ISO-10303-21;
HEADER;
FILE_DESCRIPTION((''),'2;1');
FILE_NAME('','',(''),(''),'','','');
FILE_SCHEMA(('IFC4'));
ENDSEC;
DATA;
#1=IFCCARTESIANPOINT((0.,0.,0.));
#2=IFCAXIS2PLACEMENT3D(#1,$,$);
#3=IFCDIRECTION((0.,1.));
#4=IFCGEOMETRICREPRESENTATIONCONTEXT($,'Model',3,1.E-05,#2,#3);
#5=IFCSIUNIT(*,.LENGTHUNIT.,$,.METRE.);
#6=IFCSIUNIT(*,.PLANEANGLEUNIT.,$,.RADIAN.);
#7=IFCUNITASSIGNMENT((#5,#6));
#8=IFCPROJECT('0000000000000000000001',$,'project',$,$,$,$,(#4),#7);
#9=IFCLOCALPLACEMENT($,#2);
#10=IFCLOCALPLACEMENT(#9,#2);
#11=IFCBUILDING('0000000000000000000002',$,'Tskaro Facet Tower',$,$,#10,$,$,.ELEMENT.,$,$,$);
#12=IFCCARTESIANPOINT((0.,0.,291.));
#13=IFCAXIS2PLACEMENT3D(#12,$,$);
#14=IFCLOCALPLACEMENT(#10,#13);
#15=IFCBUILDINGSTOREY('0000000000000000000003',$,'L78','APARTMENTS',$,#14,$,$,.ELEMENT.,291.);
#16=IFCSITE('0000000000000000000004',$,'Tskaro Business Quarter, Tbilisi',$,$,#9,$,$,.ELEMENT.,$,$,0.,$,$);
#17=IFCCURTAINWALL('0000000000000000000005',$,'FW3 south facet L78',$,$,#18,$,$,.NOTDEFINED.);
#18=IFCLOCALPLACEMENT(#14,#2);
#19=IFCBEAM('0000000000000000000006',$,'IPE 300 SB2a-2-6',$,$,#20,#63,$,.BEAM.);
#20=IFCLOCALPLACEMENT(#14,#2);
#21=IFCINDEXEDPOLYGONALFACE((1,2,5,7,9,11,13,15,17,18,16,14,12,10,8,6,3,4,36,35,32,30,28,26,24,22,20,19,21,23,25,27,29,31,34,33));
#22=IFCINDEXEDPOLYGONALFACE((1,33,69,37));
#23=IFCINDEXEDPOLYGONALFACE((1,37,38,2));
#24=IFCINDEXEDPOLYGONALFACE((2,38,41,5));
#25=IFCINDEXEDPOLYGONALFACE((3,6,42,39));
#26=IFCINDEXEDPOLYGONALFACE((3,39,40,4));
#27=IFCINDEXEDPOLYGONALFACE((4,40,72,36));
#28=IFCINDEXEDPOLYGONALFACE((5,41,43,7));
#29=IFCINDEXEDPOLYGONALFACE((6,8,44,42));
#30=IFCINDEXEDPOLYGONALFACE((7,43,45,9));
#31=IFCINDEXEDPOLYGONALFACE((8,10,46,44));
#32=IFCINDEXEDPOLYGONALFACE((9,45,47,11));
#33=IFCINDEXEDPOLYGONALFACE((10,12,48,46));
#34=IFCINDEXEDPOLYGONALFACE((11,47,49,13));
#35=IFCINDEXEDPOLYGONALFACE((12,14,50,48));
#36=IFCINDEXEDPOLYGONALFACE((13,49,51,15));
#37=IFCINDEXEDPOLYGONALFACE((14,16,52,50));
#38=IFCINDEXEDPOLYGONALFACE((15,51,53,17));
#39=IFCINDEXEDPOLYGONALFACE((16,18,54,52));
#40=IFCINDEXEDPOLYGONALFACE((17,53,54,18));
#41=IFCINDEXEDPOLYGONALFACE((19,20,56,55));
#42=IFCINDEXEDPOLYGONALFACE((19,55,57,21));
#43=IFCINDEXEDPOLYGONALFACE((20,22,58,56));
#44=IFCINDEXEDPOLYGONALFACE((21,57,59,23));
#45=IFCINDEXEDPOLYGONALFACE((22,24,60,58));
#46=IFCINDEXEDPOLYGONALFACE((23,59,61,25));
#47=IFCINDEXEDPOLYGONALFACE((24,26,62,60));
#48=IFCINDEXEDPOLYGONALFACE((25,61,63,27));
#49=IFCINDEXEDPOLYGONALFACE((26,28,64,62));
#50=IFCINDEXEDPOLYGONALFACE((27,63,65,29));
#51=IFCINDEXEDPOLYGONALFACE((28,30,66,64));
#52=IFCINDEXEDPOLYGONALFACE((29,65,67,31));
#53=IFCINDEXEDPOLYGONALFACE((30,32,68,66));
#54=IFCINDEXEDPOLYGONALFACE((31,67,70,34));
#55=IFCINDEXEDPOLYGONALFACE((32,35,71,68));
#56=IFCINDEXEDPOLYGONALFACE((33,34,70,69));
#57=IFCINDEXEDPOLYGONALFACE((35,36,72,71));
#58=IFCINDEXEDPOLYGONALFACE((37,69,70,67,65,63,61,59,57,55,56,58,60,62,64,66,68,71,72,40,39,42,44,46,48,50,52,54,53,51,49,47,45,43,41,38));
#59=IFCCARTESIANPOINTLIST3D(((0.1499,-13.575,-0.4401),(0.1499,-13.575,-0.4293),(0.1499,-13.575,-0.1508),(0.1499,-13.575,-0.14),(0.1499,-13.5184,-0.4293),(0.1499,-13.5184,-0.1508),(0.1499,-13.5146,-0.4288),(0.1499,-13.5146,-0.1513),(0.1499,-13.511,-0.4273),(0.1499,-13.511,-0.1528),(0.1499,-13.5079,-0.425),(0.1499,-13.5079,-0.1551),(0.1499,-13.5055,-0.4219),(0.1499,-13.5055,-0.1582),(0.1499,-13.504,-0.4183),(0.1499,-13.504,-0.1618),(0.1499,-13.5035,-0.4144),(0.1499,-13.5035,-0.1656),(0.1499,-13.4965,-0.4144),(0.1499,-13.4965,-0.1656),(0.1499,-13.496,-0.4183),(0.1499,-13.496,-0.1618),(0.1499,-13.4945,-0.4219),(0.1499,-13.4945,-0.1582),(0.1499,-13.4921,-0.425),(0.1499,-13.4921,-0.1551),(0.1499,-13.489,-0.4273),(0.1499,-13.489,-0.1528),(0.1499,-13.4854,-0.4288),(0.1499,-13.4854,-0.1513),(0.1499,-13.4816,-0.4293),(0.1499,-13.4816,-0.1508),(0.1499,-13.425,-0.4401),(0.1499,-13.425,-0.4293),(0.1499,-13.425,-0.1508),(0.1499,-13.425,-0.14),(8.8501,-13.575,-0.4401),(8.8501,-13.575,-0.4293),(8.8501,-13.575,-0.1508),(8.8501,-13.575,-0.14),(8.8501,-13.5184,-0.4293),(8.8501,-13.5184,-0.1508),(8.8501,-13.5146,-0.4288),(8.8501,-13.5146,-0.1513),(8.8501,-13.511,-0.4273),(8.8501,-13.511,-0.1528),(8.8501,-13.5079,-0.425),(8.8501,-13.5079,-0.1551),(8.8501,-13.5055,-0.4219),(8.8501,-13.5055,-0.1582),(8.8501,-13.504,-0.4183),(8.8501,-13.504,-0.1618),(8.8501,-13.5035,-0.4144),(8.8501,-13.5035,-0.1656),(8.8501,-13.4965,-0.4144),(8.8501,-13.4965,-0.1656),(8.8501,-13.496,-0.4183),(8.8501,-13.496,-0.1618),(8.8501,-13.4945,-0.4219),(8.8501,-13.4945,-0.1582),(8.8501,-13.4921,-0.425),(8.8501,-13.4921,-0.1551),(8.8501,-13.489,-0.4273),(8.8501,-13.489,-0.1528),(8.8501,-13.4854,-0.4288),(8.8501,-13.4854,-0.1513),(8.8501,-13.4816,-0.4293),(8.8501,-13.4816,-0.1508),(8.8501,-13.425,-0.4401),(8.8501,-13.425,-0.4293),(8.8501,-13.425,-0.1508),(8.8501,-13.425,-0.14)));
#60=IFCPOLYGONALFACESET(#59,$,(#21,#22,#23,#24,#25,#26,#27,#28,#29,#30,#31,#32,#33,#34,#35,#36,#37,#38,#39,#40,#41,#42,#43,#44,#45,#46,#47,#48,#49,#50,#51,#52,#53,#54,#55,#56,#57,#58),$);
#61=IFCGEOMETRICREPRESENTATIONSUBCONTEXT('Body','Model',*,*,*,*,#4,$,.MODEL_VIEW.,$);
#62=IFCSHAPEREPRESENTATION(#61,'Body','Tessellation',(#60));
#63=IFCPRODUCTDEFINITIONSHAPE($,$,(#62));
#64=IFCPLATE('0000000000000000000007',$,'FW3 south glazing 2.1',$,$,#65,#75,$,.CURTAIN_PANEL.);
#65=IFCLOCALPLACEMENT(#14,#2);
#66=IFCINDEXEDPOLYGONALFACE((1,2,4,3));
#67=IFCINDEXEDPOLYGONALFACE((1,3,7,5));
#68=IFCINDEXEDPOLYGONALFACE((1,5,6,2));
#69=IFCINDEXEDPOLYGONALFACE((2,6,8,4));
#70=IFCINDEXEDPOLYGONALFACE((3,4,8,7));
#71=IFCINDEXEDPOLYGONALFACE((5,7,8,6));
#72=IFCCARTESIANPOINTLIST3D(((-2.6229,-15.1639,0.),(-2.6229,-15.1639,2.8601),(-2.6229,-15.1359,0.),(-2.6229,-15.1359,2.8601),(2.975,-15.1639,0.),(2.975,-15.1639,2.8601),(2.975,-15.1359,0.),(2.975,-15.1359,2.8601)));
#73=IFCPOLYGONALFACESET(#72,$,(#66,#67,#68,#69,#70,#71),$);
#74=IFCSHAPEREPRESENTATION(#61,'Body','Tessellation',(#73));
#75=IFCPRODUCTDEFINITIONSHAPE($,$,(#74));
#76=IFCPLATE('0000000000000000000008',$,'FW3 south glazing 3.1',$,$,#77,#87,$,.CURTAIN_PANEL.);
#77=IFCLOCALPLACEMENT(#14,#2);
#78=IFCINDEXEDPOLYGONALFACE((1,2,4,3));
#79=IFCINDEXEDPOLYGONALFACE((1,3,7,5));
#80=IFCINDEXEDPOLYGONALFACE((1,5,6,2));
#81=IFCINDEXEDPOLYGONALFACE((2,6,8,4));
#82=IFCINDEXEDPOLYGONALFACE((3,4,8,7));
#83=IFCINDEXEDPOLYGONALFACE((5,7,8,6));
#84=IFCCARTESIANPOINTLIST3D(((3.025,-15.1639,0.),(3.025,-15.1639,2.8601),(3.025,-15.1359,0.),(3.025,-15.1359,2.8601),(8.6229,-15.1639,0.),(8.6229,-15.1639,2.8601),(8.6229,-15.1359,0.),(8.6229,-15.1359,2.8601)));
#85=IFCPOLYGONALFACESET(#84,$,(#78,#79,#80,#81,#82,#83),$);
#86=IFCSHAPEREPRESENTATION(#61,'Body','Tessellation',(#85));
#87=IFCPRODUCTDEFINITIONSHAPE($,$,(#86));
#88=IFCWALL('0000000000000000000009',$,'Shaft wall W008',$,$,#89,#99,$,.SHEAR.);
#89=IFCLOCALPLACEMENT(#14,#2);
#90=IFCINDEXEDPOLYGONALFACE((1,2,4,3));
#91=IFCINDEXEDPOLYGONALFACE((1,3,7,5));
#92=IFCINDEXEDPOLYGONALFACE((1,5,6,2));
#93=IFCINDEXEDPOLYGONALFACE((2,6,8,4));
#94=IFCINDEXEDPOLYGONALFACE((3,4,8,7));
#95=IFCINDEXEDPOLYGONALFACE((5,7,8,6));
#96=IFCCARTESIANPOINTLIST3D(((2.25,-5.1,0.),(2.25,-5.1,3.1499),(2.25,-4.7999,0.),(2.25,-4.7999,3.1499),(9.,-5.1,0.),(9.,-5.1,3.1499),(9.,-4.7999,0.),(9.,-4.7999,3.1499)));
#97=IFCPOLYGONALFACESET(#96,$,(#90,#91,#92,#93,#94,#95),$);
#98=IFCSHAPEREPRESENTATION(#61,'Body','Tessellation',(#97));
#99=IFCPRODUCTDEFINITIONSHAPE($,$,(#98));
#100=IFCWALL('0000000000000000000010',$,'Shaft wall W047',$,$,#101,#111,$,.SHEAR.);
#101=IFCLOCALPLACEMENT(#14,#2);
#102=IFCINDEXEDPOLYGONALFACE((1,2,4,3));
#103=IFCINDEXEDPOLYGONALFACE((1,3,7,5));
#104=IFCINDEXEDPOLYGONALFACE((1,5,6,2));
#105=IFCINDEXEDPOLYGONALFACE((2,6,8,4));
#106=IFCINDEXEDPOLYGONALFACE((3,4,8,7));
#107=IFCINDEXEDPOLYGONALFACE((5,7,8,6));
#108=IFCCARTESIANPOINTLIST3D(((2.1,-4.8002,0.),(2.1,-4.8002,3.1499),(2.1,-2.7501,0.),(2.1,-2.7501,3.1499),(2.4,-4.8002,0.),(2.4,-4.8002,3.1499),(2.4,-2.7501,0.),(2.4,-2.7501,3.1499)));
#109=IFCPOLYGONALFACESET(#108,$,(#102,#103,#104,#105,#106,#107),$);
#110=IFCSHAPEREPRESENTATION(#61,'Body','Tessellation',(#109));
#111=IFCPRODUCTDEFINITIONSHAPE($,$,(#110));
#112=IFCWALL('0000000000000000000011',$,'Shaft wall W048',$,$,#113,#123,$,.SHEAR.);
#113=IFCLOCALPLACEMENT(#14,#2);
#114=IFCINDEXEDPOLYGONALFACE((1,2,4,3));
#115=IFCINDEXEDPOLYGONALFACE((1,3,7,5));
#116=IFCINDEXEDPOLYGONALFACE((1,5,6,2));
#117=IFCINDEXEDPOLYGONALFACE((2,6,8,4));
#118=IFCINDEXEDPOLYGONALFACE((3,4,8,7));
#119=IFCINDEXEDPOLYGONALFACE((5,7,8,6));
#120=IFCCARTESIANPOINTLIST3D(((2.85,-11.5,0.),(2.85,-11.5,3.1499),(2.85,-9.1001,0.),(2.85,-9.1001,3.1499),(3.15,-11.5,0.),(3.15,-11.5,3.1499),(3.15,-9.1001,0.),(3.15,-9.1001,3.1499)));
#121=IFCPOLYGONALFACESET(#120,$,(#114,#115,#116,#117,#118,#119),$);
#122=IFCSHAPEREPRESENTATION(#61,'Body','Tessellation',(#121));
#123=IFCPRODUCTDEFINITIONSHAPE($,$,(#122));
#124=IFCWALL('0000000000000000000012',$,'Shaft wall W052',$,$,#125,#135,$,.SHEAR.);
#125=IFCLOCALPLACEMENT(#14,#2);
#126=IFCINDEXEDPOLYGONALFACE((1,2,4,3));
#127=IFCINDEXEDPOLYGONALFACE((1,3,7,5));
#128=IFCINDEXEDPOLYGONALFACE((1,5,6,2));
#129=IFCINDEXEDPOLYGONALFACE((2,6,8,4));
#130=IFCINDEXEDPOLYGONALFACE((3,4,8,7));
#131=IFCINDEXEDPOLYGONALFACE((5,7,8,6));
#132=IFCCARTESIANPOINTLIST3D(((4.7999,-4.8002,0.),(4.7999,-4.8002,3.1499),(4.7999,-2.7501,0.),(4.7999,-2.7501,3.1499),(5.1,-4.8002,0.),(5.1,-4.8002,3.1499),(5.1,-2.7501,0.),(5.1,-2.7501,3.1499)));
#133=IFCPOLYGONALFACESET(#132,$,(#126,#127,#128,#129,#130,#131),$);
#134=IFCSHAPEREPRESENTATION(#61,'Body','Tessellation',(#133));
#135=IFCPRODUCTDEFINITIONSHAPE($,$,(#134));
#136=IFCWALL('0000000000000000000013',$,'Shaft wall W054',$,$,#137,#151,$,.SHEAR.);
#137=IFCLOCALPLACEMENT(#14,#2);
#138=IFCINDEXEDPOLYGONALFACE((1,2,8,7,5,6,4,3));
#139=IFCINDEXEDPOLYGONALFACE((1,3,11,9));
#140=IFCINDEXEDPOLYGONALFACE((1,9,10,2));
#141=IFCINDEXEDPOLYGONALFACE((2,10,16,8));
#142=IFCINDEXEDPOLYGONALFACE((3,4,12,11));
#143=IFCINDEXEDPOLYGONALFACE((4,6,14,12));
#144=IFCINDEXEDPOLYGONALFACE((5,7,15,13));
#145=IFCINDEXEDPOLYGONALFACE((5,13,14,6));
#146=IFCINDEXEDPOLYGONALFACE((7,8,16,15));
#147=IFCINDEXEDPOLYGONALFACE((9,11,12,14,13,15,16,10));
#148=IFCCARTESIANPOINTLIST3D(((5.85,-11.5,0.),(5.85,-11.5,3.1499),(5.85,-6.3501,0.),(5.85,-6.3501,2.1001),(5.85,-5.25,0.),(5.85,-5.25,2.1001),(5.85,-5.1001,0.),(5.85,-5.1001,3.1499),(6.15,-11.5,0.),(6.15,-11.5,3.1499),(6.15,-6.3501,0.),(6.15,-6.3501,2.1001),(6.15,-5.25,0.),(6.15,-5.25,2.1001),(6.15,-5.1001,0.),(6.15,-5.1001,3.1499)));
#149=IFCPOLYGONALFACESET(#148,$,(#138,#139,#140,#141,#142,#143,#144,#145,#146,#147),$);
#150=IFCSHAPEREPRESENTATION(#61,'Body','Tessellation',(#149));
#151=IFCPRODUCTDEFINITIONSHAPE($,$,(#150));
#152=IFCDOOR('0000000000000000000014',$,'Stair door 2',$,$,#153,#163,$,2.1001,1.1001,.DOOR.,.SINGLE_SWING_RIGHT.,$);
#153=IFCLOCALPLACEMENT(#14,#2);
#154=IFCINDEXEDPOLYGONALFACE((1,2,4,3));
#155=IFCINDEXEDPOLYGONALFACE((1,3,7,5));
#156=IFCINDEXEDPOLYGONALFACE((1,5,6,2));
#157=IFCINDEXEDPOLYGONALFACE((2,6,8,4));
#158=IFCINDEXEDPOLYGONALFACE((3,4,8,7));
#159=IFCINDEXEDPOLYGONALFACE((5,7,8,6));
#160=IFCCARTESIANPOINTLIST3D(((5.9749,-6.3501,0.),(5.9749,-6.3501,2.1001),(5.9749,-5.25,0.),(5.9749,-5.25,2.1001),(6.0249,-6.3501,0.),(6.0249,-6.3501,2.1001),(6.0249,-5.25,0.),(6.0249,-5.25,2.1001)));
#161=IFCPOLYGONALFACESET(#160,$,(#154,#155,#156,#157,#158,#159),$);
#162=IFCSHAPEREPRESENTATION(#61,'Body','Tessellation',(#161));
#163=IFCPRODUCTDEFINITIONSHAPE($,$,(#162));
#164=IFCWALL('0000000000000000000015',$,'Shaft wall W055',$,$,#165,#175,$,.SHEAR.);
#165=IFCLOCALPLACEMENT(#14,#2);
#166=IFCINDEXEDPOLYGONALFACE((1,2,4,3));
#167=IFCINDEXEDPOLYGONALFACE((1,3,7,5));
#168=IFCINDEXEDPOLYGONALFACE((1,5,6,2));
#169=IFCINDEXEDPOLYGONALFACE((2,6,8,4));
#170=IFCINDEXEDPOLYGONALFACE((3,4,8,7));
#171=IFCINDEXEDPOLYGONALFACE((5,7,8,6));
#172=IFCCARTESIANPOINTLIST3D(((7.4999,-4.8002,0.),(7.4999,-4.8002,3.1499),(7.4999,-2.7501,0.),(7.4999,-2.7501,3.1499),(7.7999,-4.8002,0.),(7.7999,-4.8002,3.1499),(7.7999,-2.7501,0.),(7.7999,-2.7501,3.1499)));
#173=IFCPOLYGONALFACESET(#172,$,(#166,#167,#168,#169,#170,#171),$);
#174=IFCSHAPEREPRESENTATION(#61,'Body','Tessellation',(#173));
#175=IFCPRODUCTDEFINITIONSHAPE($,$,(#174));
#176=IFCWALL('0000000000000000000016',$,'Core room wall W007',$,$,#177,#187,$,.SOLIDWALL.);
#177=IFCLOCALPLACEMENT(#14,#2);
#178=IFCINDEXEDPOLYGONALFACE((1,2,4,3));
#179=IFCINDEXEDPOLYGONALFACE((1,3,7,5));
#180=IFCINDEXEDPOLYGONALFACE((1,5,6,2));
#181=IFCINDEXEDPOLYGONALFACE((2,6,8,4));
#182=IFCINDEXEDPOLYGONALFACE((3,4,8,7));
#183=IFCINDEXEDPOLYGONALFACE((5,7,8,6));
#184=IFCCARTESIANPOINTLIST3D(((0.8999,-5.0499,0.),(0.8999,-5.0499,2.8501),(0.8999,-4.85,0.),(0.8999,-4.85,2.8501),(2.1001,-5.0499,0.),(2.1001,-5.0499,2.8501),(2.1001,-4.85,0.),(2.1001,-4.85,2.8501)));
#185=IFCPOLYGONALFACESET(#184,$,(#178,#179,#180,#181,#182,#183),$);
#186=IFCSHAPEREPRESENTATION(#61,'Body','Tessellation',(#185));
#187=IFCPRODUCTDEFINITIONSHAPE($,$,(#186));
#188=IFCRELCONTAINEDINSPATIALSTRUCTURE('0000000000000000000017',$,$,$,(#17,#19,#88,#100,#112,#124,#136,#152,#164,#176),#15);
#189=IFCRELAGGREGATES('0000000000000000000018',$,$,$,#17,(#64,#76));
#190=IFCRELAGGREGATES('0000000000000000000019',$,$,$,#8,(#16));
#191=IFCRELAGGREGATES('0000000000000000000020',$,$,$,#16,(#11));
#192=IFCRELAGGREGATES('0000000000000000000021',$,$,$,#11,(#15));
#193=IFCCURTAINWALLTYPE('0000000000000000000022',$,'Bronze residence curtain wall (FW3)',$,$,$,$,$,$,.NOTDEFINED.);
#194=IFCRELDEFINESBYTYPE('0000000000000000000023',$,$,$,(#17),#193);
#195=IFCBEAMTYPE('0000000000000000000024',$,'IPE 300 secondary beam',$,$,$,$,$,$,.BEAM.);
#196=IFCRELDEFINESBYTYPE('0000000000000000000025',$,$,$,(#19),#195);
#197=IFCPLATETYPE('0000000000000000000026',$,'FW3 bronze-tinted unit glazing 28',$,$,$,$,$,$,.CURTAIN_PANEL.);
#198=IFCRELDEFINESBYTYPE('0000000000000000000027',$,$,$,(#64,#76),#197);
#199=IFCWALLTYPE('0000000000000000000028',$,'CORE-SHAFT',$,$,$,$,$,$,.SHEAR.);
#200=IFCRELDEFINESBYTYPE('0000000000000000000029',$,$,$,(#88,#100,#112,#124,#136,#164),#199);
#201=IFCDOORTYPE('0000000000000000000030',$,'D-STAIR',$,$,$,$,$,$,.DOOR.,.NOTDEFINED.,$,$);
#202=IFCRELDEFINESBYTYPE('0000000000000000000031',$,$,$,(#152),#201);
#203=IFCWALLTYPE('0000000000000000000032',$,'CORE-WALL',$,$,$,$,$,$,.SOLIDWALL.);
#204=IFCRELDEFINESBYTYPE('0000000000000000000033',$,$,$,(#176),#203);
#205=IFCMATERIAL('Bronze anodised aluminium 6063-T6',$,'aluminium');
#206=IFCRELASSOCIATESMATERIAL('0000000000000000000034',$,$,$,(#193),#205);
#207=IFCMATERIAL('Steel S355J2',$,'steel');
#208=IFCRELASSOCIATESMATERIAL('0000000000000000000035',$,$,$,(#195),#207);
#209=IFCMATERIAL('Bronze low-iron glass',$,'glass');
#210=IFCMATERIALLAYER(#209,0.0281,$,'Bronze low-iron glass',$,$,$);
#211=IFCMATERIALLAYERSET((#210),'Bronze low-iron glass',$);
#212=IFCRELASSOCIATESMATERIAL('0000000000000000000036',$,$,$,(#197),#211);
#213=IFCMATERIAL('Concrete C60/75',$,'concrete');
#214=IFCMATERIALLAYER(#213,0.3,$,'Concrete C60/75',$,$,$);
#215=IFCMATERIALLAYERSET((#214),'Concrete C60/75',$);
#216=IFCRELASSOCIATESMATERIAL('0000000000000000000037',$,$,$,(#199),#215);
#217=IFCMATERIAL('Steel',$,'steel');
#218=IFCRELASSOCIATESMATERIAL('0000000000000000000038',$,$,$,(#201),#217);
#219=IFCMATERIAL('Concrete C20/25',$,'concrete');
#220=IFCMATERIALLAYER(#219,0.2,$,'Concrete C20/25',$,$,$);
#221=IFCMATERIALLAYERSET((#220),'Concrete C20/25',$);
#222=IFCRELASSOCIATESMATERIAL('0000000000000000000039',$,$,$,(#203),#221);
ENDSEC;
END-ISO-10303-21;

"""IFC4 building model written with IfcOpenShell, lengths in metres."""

from ifc_helpers import new_model, si_unit, direction, frame, frame_2d, origin, origin_2d, place, context, subcontext, project, spatial, rectangle, i_section, extrude, material, layer, layer_set, material_profile, profile_set, type_object, element, fill, aggregate, save


model = new_model("IFC4")

# Units and contexts
model_context = context("Model", 3, precision=1e-05, world=origin(), true_north=direction((0.0, 1.0)))
body_context = subcontext(model_context, "Body", "Model", "MODEL_VIEW")
ifc_project = project(units=[si_unit("LENGTHUNIT", "METRE"), si_unit("PLANEANGLEUNIT", "RADIAN")], contexts=[model_context])

# Site, building, storey
site_placement = place(None, origin())
site = spatial("IfcSite", under=ifc_project, at=site_placement, Name="Tskaro Business Quarter, Tbilisi", CompositionType="ELEMENT", RefElevation=0.0)
building_placement = place(site_placement, origin())
building = spatial("IfcBuilding", under=site, at=building_placement, Name="Tskaro Facet Tower", CompositionType="ELEMENT")
storey_placement = place(building_placement, frame((0.0, 0.0, 291.0)))
storey = spatial("IfcBuildingStorey", under=building, at=storey_placement, Name="L78", Description="APARTMENTS", CompositionType="ELEMENT", Elevation=291.0)

# Shared definitions
ifc_material_1 = material(Name="Steel S355J2", Category="steel")

# Curtain wall
ifc_material_2 = material(Name="Bronze anodised aluminium 6063-T6", Category="aluminium")
curtain_wall_type = type_object("IfcCurtainWallType", Name="Bronze residence curtain wall (FW3)", PredefinedType="NOTDEFINED", material=ifc_material_2)
curtain_wall_placement = place(storey_placement, origin())
curtain_wall = element("IfcCurtainWall", 1, at=curtain_wall_placement, inside=storey, type_object=curtain_wall_type, Name="FW3 south facet L78", PredefinedType="NOTDEFINED")

# Beam
ifc_material_profile_1 = material_profile(ifc_material_1, i_section(OverallWidth=0.1499, OverallDepth=0.3, WebThickness=0.0071, FlangeThickness=0.0107, FilletRadius=0.0149, at=origin_2d()), Name="IPE 300")
ifc_profile_set_1 = profile_set([ifc_material_profile_1], Name="Steel S355J2")
beam_type_1 = type_object("IfcBeamType", Name="IPE 300 secondary beam", PredefinedType="BEAM", material=ifc_profile_set_1)
beam_1_placement = place(storey_placement, frame((0.1499, -13.5, -0.29), z_axis=(1.0, 0.0, 0.0), x_axis=(0.0, 1.0, 0.0)))
element("IfcBeam", 2, at=beam_1_placement, inside=storey, type_object=beam_type_1, Name="IPE 300 SB2a-2-6", PredefinedType="BEAM", context=body_context, shape_type="SweptSolid", body=[
    extrude(i_section(OverallWidth=0.1499, OverallDepth=0.3, WebThickness=0.0071, FlangeThickness=0.0107, FilletRadius=0.0149, at=origin_2d()), origin(), (0.0, 0.0, 1.0), 8.7002),
])

# Plates
ifc_material_3 = material(Name="Bronze low-iron glass", Category="glass")
ifc_layer_1 = layer(ifc_material_3, 0.0281, Name="Bronze low-iron glass")
ifc_layer_set_1 = layer_set([ifc_layer_1], Name="Bronze low-iron glass")
plate_type = type_object("IfcPlateType", Name="FW3 bronze-tinted unit glazing 28", PredefinedType="CURTAIN_PANEL", material=ifc_layer_set_1)
plate_1_placement = place(storey_placement, frame((0.176, -15.1499, 0.0), z_axis=(0.0, 0.0, 1.0), x_axis=(1.0, 0.0, 0.0)))
plate_1 = element("IfcPlate", 3, at=plate_1_placement, type_object=plate_type, Name="FW3 south glazing 2.1", PredefinedType="CURTAIN_PANEL", context=body_context, shape_type="SweptSolid", body=[
    extrude(rectangle(XDim=5.5979, YDim=0.0281, at=origin_2d()), origin(), (0.0, 0.0, 1.0), 2.8601),
])
plate_2_placement = place(storey_placement, frame((5.824, -15.1499, 0.0), z_axis=(0.0, 0.0, 1.0), x_axis=(1.0, 0.0, 0.0)))
plate_2 = element("IfcPlate", 4, at=plate_2_placement, type_object=plate_type, Name="FW3 south glazing 3.1", PredefinedType="CURTAIN_PANEL", context=body_context, shape_type="SweptSolid", body=[
    extrude(rectangle(XDim=5.5979, YDim=0.0281, at=origin_2d()), origin(), (0.0, 0.0, 1.0), 2.8601),
])
aggregate(curtain_wall, [plate_1, plate_2])

# Walls
ifc_material_4 = material(Name="Concrete C60/75", Category="concrete")
ifc_layer_2 = layer(ifc_material_4, 0.3, Name="Concrete C60/75")
ifc_layer_set_2 = layer_set([ifc_layer_2], Name="Concrete C60/75")
wall_type_1 = type_object("IfcWallType", Name="CORE-SHAFT", PredefinedType="SHEAR", material=ifc_layer_set_2)
wall_1_placement = place(storey_placement, frame((2.25, -4.95, 0.0), z_axis=(0.0, 0.0, 1.0), x_axis=(1.0, 0.0, 0.0)))
element("IfcWall", 5, at=wall_1_placement, inside=storey, type_object=wall_type_1, Name="Shaft wall W008", PredefinedType="SHEAR", context=body_context, shape_type="SweptSolid", body=[
    extrude(rectangle(XDim=6.75, YDim=0.3, at=frame_2d((3.375, 0.0))), origin(), (0.0, 0.0, 1.0), 3.1499),
])
wall_2_placement = place(storey_placement, frame((2.25, -4.8, 0.0), z_axis=(0.0, 0.0, 1.0), x_axis=(0.0, 1.0, 0.0)))
element("IfcWall", 6, at=wall_2_placement, inside=storey, type_object=wall_type_1, Name="Shaft wall W047", PredefinedType="SHEAR", context=body_context, shape_type="SweptSolid", body=[
    extrude(rectangle(XDim=2.05, YDim=0.3, at=frame_2d((1.0249, 0.0))), origin(), (0.0, 0.0, 1.0), 3.1499),
])
wall_3_placement = place(storey_placement, frame((3.0, -11.5, 0.0), z_axis=(0.0, 0.0, 1.0), x_axis=(0.0, 1.0, 0.0)))
element("IfcWall", 7, at=wall_3_placement, inside=storey, type_object=wall_type_1, Name="Shaft wall W048", PredefinedType="SHEAR", context=body_context, shape_type="SweptSolid", body=[
    extrude(rectangle(XDim=2.3999, YDim=0.3, at=frame_2d((1.2, 0.0))), origin(), (0.0, 0.0, 1.0), 3.1499),
])
wall_4_placement = place(storey_placement, frame((4.95, -4.8, 0.0), z_axis=(0.0, 0.0, 1.0), x_axis=(0.0, 1.0, 0.0)))
element("IfcWall", 8, at=wall_4_placement, inside=storey, type_object=wall_type_1, Name="Shaft wall W052", PredefinedType="SHEAR", context=body_context, shape_type="SweptSolid", body=[
    extrude(rectangle(XDim=2.05, YDim=0.3, at=frame_2d((1.0249, 0.0))), origin(), (0.0, 0.0, 1.0), 3.1499),
])

# Wall, opening, door
wall_5_placement = place(storey_placement, frame((6.0, -5.1001, 0.0), z_axis=(0.0, 0.0, 1.0), x_axis=(0.0, -1.0, 0.0)))
wall_5 = element("IfcWall", 9, at=wall_5_placement, inside=storey, type_object=wall_type_1, Name="Shaft wall W054", PredefinedType="SHEAR", context=body_context, shape_type="SweptSolid", body=[
    extrude(rectangle(XDim=6.3999, YDim=0.3, at=frame_2d((3.2, 0.0))), origin(), (0.0, 0.0, 1.0), 3.1499),
])
opening_placement = place(wall_5_placement, frame((0.1499, 0.0, 0.0)))
opening = element("IfcOpeningElement", 10, at=opening_placement, cuts=wall_5, PredefinedType="OPENING", context=body_context, shape_type="SweptSolid", body=[
    extrude(rectangle(XDim=1.1001, YDim=2.1001, at=frame_2d((0.55, 1.05))), frame((0.0, 0.1599, 0.0), z_axis=(0.0, -1.0, 0.0), x_axis=(1.0, 0.0, 0.0)), (0.0, 0.0, 1.0), 0.3201),
])
ifc_material_5 = material(Name="Steel", Category="steel")
door_type = type_object("IfcDoorType", Name="D-STAIR", OperationType="NOTDEFINED", PredefinedType="DOOR", material=ifc_material_5)
door_placement = place(opening_placement, origin())
door = element("IfcDoor", 11, at=door_placement, inside=storey, type_object=door_type, Name="Stair door 2", OperationType="SINGLE_SWING_RIGHT", OverallHeight=2.1001, OverallWidth=1.1001, PredefinedType="DOOR", context=body_context, shape_type="SweptSolid", body=[
    extrude(rectangle(XDim=1.1001, YDim=2.1001, at=frame_2d((0.55, 1.05))), frame((0.0, 0.0249, 0.0), z_axis=(0.0, -1.0, 0.0), x_axis=(1.0, 0.0, 0.0)), (0.0, 0.0, 1.0), 0.05),
])
fill(opening, door)

# Walls
wall_6_placement = place(storey_placement, frame((7.6499, -4.8, 0.0), z_axis=(0.0, 0.0, 1.0), x_axis=(0.0, 1.0, 0.0)))
element("IfcWall", 12, at=wall_6_placement, inside=storey, type_object=wall_type_1, Name="Shaft wall W055", PredefinedType="SHEAR", context=body_context, shape_type="SweptSolid", body=[
    extrude(rectangle(XDim=2.05, YDim=0.3, at=frame_2d((1.0249, 0.0))), origin(), (0.0, 0.0, 1.0), 3.1499),
])
ifc_material_6 = material(Name="Concrete C20/25", Category="concrete")
ifc_layer_3 = layer(ifc_material_6, 0.2, Name="Concrete C20/25")
ifc_layer_set_3 = layer_set([ifc_layer_3], Name="Concrete C20/25")
wall_type_2 = type_object("IfcWallType", Name="CORE-WALL", PredefinedType="SOLIDWALL", material=ifc_layer_set_3)
wall_7_placement = place(storey_placement, frame((0.8999, -4.95, 0.0), z_axis=(0.0, 0.0, 1.0), x_axis=(1.0, 0.0, 0.0)))
element("IfcWall", 13, at=wall_7_placement, inside=storey, type_object=wall_type_2, Name="Core room wall W007", PredefinedType="SOLIDWALL", context=body_context, shape_type="SweptSolid", body=[
    extrude(rectangle(XDim=1.2002, YDim=0.2, at=frame_2d((0.6001, 0.0))), origin(), (0.0, 0.0, 1.0), 2.8501),
])

save(model, "model.ifc")
